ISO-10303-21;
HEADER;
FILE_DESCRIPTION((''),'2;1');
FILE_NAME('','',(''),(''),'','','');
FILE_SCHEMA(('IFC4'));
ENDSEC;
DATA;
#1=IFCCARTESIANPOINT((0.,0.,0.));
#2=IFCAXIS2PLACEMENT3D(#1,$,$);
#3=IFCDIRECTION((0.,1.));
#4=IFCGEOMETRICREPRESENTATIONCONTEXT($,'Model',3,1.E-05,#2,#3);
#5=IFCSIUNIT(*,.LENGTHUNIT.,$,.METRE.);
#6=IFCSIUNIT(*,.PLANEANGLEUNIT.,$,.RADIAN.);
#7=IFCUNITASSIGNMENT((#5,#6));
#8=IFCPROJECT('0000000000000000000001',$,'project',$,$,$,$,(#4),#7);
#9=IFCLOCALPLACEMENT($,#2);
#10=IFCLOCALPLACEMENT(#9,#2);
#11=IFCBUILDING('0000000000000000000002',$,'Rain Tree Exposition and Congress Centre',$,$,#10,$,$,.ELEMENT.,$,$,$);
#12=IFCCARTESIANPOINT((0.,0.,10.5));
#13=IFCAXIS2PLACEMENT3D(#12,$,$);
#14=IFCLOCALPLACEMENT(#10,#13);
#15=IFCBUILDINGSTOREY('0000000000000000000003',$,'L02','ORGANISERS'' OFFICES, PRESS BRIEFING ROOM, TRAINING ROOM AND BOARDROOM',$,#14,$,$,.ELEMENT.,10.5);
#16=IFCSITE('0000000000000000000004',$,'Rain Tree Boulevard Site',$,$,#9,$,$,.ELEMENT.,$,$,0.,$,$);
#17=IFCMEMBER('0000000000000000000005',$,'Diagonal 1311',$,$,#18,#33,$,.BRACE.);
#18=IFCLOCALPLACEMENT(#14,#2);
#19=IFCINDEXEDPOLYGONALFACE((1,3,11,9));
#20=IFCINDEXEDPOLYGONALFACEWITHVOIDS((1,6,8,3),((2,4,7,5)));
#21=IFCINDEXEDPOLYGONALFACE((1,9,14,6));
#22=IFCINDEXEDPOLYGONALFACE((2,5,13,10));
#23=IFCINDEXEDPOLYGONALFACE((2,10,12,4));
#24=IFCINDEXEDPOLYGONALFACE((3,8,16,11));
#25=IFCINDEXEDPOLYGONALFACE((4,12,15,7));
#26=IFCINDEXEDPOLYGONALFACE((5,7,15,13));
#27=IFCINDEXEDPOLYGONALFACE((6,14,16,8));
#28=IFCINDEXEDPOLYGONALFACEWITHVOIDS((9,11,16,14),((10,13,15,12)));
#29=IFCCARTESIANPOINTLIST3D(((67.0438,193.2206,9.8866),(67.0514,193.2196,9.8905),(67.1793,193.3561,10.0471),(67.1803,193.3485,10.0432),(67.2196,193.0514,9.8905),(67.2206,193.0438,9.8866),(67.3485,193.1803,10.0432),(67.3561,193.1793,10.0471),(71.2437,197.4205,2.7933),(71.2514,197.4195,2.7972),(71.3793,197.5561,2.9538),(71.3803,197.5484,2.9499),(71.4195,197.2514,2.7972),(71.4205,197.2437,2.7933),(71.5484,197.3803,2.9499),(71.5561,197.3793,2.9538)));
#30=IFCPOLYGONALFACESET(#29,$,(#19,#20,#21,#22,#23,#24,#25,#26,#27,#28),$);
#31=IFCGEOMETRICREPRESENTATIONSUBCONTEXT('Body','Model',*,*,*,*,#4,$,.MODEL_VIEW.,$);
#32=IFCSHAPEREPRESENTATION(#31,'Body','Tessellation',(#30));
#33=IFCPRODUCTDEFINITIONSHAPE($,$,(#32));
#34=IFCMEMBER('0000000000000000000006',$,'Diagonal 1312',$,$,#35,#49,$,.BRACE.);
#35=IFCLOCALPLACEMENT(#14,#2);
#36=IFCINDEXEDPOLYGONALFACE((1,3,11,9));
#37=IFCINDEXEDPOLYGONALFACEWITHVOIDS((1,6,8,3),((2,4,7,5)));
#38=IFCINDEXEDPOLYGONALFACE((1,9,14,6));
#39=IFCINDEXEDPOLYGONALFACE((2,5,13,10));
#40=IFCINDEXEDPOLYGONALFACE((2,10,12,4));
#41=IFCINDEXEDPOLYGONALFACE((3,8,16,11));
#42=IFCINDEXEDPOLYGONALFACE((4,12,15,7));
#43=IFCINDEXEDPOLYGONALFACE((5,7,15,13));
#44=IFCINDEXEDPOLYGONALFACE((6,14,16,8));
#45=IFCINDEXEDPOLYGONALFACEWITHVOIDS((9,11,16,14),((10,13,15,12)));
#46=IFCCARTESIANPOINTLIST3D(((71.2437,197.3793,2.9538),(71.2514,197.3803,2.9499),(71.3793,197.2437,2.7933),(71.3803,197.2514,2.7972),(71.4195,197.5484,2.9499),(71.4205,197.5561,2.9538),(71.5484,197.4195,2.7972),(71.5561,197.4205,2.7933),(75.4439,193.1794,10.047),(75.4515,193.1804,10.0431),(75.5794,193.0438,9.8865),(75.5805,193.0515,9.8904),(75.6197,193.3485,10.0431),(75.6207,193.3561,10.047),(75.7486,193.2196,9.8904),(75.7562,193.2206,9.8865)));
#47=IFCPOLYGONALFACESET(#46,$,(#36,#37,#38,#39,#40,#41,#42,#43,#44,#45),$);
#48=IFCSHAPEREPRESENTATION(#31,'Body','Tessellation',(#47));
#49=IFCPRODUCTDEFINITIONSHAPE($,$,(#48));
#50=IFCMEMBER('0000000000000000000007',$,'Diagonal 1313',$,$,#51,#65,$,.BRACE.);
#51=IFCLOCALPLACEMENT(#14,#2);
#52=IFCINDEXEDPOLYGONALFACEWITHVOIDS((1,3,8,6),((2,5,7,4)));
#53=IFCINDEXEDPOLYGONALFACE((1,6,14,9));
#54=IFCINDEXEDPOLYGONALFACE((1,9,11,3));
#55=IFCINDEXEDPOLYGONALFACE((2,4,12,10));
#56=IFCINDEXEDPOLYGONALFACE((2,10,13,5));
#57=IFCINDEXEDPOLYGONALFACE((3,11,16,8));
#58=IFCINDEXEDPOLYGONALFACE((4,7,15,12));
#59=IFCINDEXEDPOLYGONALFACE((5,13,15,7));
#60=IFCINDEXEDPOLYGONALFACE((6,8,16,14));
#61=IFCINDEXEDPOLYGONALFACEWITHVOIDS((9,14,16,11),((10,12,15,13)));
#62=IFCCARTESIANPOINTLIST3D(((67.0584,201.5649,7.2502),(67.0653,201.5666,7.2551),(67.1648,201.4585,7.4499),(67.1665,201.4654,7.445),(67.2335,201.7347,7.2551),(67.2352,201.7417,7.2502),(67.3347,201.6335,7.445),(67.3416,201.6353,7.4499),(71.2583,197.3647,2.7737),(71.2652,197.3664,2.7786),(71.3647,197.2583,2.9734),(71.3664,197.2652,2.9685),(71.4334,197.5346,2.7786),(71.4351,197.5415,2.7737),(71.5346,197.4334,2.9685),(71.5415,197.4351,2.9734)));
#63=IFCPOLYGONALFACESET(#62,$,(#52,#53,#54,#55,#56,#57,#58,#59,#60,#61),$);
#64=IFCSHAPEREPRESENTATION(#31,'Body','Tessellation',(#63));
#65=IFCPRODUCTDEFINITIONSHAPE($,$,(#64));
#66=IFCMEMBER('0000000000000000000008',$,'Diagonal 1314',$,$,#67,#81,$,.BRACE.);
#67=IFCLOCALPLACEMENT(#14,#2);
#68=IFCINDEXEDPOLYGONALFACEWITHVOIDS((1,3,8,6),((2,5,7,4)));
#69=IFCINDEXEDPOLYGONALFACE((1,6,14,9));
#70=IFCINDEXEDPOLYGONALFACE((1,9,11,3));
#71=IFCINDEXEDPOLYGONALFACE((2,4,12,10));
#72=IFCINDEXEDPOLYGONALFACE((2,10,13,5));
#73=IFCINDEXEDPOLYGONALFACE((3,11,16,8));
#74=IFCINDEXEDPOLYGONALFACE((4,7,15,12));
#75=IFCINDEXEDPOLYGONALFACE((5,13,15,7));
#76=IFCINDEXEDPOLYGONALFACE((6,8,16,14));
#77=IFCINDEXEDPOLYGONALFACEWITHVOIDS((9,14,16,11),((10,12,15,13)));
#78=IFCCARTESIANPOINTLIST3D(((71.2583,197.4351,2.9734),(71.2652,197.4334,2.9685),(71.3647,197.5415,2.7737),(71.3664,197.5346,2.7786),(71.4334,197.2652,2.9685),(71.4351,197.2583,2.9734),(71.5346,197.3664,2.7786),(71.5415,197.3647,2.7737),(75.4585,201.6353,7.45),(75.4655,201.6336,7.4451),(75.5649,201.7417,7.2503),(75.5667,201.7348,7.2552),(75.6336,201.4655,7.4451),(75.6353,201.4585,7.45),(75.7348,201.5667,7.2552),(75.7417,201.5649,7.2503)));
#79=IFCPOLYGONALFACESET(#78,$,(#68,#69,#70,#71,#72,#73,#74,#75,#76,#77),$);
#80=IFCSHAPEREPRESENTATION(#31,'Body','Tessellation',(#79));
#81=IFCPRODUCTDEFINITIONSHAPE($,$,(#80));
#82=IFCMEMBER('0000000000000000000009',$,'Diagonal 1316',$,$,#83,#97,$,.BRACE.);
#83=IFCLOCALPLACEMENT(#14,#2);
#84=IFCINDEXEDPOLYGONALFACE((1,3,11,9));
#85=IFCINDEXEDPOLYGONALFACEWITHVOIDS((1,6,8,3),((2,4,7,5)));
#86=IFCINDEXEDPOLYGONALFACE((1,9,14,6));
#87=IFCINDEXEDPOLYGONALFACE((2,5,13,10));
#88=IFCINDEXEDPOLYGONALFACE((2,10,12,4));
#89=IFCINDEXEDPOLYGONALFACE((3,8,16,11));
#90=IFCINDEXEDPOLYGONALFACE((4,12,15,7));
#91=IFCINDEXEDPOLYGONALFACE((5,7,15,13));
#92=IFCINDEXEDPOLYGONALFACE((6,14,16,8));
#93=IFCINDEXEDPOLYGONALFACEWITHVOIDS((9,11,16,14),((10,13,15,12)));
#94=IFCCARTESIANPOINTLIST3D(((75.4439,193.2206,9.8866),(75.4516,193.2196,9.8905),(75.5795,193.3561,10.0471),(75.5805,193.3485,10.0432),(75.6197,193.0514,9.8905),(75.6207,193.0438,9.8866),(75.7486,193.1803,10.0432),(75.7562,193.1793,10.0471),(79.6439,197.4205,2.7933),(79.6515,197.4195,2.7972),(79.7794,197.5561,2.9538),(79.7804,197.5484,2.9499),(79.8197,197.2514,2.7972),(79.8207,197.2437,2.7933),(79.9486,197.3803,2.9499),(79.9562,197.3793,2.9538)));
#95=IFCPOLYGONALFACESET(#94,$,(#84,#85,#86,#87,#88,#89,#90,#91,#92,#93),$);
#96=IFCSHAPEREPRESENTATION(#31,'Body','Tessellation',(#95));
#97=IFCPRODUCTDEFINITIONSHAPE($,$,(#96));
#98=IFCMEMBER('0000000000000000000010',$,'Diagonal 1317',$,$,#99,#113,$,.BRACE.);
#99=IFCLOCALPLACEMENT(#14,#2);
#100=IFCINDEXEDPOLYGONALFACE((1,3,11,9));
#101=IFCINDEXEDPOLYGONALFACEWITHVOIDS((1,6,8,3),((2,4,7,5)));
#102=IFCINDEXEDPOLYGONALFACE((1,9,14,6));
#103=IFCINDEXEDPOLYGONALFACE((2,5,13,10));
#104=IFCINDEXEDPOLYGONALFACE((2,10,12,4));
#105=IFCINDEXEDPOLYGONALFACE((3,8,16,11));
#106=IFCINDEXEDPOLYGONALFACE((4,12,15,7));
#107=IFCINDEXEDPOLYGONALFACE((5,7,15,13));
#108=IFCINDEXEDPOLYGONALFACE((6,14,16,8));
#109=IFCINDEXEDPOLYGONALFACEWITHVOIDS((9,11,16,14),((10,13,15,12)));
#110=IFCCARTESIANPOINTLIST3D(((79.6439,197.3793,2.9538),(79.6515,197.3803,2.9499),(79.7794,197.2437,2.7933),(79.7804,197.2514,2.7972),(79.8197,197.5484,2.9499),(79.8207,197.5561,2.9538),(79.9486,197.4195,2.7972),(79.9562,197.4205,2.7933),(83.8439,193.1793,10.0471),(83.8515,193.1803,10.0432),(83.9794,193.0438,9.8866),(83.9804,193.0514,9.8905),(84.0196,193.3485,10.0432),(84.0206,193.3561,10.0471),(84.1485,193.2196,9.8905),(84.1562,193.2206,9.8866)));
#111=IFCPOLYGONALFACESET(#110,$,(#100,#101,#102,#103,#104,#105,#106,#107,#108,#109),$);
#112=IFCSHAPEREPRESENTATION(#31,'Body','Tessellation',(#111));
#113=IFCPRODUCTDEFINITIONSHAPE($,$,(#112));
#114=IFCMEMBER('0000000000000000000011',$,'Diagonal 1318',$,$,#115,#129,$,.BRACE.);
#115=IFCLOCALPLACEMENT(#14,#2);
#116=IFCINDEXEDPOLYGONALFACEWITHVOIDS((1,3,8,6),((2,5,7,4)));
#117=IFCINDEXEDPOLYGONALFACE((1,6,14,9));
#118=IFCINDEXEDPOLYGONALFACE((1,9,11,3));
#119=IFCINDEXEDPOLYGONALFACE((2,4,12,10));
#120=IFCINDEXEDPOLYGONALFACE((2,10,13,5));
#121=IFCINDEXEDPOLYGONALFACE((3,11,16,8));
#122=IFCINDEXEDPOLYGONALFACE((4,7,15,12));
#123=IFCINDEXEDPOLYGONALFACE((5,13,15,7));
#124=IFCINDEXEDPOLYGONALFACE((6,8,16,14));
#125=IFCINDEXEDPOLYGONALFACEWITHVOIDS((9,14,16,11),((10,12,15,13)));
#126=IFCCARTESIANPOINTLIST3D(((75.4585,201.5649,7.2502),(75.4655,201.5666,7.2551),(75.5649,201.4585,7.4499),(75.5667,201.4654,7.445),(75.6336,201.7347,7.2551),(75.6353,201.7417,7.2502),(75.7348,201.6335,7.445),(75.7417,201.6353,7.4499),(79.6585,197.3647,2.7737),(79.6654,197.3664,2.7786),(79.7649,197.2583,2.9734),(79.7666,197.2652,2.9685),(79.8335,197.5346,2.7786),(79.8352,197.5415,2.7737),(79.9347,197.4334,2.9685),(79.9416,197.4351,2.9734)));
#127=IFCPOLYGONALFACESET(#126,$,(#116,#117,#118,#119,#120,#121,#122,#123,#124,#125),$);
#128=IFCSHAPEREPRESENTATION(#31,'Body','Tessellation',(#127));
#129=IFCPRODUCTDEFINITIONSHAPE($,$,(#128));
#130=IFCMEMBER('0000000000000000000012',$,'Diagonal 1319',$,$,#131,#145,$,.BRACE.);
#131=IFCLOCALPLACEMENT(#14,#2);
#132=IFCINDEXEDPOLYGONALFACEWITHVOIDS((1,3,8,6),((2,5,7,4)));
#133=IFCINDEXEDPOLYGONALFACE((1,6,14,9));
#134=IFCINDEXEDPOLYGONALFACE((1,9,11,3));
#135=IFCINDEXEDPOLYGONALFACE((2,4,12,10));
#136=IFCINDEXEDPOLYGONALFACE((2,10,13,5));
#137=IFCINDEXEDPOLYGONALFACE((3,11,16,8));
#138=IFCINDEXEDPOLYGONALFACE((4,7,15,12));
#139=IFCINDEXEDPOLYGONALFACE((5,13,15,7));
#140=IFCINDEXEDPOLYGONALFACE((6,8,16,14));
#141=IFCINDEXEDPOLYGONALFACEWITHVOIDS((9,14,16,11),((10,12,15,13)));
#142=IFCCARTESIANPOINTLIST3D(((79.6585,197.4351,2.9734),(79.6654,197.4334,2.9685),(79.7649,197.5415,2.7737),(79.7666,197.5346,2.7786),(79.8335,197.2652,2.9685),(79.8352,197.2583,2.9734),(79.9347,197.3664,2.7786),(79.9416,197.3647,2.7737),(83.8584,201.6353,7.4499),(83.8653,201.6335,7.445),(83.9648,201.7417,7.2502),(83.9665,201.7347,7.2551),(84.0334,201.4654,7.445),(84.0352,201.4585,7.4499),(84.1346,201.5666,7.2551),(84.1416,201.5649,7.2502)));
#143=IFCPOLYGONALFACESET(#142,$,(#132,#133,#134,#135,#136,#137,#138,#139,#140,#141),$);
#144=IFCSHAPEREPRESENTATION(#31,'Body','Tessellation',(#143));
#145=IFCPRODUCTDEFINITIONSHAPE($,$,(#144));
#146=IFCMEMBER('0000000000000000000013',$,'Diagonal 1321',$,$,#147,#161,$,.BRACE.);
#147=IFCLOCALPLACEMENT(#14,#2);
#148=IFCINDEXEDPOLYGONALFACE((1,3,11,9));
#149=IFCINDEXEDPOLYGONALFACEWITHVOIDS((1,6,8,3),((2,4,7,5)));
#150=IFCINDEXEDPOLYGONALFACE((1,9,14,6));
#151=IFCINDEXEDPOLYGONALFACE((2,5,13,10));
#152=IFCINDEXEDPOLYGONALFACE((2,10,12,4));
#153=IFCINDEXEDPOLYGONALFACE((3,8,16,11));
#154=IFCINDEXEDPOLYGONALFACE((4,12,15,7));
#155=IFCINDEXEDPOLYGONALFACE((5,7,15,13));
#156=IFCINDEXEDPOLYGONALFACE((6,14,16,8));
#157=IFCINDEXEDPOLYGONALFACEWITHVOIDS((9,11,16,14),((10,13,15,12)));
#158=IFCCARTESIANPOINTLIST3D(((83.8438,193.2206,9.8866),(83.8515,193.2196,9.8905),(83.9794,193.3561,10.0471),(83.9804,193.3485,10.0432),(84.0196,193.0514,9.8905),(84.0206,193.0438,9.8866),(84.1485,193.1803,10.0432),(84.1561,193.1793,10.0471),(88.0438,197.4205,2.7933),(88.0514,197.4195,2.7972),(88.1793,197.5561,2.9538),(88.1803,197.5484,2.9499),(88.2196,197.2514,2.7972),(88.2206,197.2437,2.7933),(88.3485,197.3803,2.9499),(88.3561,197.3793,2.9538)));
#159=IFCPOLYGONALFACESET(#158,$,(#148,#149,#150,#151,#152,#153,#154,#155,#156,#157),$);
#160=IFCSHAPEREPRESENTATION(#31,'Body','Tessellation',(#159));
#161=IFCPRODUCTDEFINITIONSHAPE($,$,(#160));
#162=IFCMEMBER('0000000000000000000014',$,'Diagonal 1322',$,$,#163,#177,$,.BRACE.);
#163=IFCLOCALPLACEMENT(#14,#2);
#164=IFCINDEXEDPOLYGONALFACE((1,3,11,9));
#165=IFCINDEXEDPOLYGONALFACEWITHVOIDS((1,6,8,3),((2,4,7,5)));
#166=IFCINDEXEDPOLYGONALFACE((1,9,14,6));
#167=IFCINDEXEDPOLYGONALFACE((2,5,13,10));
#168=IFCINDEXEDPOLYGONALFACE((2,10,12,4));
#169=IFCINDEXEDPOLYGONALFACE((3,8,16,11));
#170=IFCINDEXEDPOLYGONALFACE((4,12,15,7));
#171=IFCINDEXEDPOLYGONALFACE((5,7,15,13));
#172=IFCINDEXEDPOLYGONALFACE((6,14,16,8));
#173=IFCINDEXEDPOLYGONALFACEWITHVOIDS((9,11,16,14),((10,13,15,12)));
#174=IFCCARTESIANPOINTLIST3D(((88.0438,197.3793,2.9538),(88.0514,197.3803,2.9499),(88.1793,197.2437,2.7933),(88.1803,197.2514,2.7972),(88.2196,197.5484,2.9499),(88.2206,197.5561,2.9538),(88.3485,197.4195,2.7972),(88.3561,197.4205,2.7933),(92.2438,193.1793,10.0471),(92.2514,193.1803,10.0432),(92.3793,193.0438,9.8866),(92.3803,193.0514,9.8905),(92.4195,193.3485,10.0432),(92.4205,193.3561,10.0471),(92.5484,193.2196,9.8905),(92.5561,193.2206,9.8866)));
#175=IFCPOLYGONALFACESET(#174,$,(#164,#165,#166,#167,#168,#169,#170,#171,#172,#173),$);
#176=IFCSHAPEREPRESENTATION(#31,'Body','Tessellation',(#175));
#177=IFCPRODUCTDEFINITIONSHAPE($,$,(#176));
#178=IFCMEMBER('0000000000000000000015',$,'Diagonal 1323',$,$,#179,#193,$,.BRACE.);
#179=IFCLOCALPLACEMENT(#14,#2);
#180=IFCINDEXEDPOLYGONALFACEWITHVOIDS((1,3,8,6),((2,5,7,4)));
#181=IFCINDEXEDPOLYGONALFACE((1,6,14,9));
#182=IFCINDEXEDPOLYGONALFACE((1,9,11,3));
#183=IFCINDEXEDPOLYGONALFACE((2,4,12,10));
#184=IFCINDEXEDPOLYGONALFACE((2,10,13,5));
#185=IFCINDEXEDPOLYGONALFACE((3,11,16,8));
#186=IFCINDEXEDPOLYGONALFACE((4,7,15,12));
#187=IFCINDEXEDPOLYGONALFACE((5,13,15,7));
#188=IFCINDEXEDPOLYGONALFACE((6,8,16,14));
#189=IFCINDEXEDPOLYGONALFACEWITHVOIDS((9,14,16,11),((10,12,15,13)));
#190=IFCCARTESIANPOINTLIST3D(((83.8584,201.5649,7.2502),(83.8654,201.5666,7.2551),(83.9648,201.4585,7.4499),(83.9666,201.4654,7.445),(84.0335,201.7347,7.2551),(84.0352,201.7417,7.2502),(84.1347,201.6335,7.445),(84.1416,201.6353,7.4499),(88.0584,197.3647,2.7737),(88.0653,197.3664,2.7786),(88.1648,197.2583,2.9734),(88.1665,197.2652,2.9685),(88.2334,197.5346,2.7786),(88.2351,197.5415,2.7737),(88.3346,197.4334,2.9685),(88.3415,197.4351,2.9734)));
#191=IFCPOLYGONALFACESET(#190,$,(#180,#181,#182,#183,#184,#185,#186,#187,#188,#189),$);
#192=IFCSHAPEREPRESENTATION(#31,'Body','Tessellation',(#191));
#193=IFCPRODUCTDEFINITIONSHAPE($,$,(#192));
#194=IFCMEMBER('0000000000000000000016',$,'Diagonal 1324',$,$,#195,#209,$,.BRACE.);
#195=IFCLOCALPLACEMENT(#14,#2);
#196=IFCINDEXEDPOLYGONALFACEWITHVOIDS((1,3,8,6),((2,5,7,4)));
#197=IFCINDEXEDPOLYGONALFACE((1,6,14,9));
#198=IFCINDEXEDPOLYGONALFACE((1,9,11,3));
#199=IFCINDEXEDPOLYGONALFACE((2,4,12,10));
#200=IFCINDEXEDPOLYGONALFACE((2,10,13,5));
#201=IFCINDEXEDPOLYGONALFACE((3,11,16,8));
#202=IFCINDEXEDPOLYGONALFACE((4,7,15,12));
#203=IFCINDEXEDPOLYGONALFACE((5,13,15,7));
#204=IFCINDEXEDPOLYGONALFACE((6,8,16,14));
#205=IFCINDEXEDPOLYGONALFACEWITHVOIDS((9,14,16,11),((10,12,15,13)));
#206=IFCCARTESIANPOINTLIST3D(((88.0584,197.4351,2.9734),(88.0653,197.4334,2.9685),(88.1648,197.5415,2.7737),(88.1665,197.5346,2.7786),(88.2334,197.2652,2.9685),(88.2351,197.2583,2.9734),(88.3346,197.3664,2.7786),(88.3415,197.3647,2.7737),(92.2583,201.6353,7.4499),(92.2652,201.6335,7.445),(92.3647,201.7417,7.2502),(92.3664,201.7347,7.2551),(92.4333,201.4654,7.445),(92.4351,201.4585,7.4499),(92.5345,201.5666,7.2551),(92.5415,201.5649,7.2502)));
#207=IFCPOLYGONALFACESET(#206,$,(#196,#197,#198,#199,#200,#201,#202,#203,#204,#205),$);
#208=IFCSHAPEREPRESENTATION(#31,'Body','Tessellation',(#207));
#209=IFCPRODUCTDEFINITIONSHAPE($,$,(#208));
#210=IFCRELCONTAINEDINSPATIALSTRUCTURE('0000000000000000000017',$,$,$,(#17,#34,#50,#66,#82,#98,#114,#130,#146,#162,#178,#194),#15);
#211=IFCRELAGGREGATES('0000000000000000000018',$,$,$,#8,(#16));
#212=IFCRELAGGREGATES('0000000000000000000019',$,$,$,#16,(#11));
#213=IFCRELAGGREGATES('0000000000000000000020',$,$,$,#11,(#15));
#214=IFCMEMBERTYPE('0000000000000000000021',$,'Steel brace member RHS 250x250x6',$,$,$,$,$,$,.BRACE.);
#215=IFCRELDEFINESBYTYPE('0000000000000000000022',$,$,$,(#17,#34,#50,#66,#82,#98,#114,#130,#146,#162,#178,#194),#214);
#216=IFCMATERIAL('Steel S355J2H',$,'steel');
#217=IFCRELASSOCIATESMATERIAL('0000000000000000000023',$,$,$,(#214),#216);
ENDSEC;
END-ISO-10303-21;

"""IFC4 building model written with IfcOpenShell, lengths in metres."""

from ifc_helpers import new_model, si_unit, direction, frame, origin, origin_2d, place, context, subcontext, project, spatial, hollow_rectangle, extrude, material, material_profile, profile_set, type_object, element, save


model = new_model("IFC4")

# Units and contexts
model_context = context("Model", 3, precision=1e-05, world=origin(), true_north=direction((0.0, 1.0)))
body_context = subcontext(model_context, "Body", "Model", "MODEL_VIEW")
ifc_project = project(units=[si_unit("LENGTHUNIT", "METRE"), si_unit("PLANEANGLEUNIT", "RADIAN")], contexts=[model_context])

# Site, building, storey
site_placement = place(None, origin())
site = spatial("IfcSite", under=ifc_project, at=site_placement, Name="Rain Tree Boulevard Site", CompositionType="ELEMENT", RefElevation=0.0)
building_placement = place(site_placement, origin())
building = spatial("IfcBuilding", under=site, at=building_placement, Name="Rain Tree Exposition and Congress Centre", CompositionType="ELEMENT")
storey_placement = place(building_placement, frame((0.0, 0.0, 10.5)))
storey = spatial("IfcBuildingStorey", under=building, at=storey_placement, Name="L02", Description="ORGANISERS' OFFICES, PRESS BRIEFING ROOM, TRAINING ROOM AND BOARDROOM", CompositionType="ELEMENT", Elevation=10.5)

# Members
ifc_material_1 = material(Name="Steel S355J2H", Category="steel")
ifc_material_profile_1 = material_profile(ifc_material_1, hollow_rectangle(XDim=0.25, YDim=0.25, WallThickness=0.0061, at=origin_2d()), Name="RHS 250x250x6")
ifc_profile_set_1 = profile_set([ifc_material_profile_1], Name="Steel S355J2H")
member_type_1 = type_object("IfcMemberType", Name="Steel brace member RHS 250x250x6", PredefinedType="BRACE", material=ifc_profile_set_1)
for number, where, z_axis, x_axis, name in (
    (1, (71.3999, 197.3999, 2.8735), (-0.453966, -0.453966, 0.7667), (0.707107, -0.707107, 0.0), "Diagonal 1311"),
    (2, (71.3999, 197.3999, 2.8735), (0.453987, -0.453961, 0.766691), (0.707086, 0.707127, 0.0), "Diagonal 1312"),
):
    element("IfcMember", number, at=place(storey_placement, frame(where, z_axis=z_axis, x_axis=x_axis)), inside=storey, type_object=member_type_1, Name=name, PredefinedType="BRACE", context=body_context, shape_type="SweptSolid", body=[
        extrude(hollow_rectangle(XDim=0.25, YDim=0.25, WallThickness=0.0061, at=origin_2d()), origin(), (0.0, 0.0, 1.0), 9.2517),
    ])
member_1_placement = place(storey_placement, frame((71.3999, 197.3999, 2.8735), z_axis=(-0.564677, 0.564709, 0.601867), x_axis=(-0.707127, -0.707086, 0.0)))
element("IfcMember", 3, at=member_1_placement, inside=storey, type_object=member_type_1, Name="Diagonal 1313", PredefinedType="BRACE", context=body_context, shape_type="SweptSolid", body=[
    extrude(hollow_rectangle(XDim=0.25, YDim=0.25, WallThickness=0.0061, at=origin_2d()), origin(), (0.0, 0.0, 1.0), 7.4377),
])
member_2_placement = place(storey_placement, frame((71.3999, 197.3999, 2.8735), z_axis=(0.564699, 0.564699, 0.601855), x_axis=(-0.707107, 0.707107, 0.0)))
element("IfcMember", 4, at=member_2_placement, inside=storey, type_object=member_type_1, Name="Diagonal 1314", PredefinedType="BRACE", context=body_context, shape_type="SweptSolid", body=[
    extrude(hollow_rectangle(XDim=0.25, YDim=0.25, WallThickness=0.0061, at=origin_2d()), origin(), (0.0, 0.0, 1.0), 7.438),
])
for number, where, z_axis, x_axis, name in (
    (5, (79.8, 197.3999, 2.8735), (-0.453966, -0.453966, 0.7667), (0.707107, -0.707107, 0.0), "Diagonal 1316"),
    (6, (79.8, 197.3999, 2.8735), (0.453966, -0.453966, 0.7667), (0.707107, 0.707107, 0.0), "Diagonal 1317"),
):
    element("IfcMember", number, at=place(storey_placement, frame(where, z_axis=z_axis, x_axis=x_axis)), inside=storey, type_object=member_type_1, Name=name, PredefinedType="BRACE", context=body_context, shape_type="SweptSolid", body=[
        extrude(hollow_rectangle(XDim=0.25, YDim=0.25, WallThickness=0.0061, at=origin_2d()), origin(), (0.0, 0.0, 1.0), 9.2517),
    ])
for number, where, z_axis, x_axis, name in (
    (7, (79.8, 197.3999, 2.8735), (-0.564677, 0.564709, 0.601867), (-0.707127, -0.707086, 0.0), "Diagonal 1318"),
    (8, (79.8, 197.3999, 2.8735), (0.564677, 0.564709, 0.601867), (-0.707127, 0.707086, 0.0), "Diagonal 1319"),
):
    element("IfcMember", number, at=place(storey_placement, frame(where, z_axis=z_axis, x_axis=x_axis)), inside=storey, type_object=member_type_1, Name=name, PredefinedType="BRACE", context=body_context, shape_type="SweptSolid", body=[
        extrude(hollow_rectangle(XDim=0.25, YDim=0.25, WallThickness=0.0061, at=origin_2d()), origin(), (0.0, 0.0, 1.0), 7.4377),
    ])
for number, where, z_axis, x_axis, name in (
    (9, (88.2, 197.3999, 2.8735), (-0.453966, -0.453966, 0.7667), (0.707107, -0.707107, 0.0), "Diagonal 1321"),
    (10, (88.2, 197.3999, 2.8735), (0.453966, -0.453966, 0.7667), (0.707107, 0.707107, 0.0), "Diagonal 1322"),
):
    element("IfcMember", number, at=place(storey_placement, frame(where, z_axis=z_axis, x_axis=x_axis)), inside=storey, type_object=member_type_1, Name=name, PredefinedType="BRACE", context=body_context, shape_type="SweptSolid", body=[
        extrude(hollow_rectangle(XDim=0.25, YDim=0.25, WallThickness=0.0061, at=origin_2d()), origin(), (0.0, 0.0, 1.0), 9.2517),
    ])
for number, where, z_axis, x_axis, name in (
    (11, (88.2, 197.3999, 2.8735), (-0.564677, 0.564709, 0.601867), (-0.707127, -0.707086, 0.0), "Diagonal 1323"),
    (12, (88.2, 197.3999, 2.8735), (0.564677, 0.564709, 0.601867), (-0.707127, 0.707086, 0.0), "Diagonal 1324"),
):
    element("IfcMember", number, at=place(storey_placement, frame(where, z_axis=z_axis, x_axis=x_axis)), inside=storey, type_object=member_type_1, Name=name, PredefinedType="BRACE", context=body_context, shape_type="SweptSolid", body=[
        extrude(hollow_rectangle(XDim=0.25, YDim=0.25, WallThickness=0.0061, at=origin_2d()), origin(), (0.0, 0.0, 1.0), 7.4377),
    ])

save(model, "model.ifc")
